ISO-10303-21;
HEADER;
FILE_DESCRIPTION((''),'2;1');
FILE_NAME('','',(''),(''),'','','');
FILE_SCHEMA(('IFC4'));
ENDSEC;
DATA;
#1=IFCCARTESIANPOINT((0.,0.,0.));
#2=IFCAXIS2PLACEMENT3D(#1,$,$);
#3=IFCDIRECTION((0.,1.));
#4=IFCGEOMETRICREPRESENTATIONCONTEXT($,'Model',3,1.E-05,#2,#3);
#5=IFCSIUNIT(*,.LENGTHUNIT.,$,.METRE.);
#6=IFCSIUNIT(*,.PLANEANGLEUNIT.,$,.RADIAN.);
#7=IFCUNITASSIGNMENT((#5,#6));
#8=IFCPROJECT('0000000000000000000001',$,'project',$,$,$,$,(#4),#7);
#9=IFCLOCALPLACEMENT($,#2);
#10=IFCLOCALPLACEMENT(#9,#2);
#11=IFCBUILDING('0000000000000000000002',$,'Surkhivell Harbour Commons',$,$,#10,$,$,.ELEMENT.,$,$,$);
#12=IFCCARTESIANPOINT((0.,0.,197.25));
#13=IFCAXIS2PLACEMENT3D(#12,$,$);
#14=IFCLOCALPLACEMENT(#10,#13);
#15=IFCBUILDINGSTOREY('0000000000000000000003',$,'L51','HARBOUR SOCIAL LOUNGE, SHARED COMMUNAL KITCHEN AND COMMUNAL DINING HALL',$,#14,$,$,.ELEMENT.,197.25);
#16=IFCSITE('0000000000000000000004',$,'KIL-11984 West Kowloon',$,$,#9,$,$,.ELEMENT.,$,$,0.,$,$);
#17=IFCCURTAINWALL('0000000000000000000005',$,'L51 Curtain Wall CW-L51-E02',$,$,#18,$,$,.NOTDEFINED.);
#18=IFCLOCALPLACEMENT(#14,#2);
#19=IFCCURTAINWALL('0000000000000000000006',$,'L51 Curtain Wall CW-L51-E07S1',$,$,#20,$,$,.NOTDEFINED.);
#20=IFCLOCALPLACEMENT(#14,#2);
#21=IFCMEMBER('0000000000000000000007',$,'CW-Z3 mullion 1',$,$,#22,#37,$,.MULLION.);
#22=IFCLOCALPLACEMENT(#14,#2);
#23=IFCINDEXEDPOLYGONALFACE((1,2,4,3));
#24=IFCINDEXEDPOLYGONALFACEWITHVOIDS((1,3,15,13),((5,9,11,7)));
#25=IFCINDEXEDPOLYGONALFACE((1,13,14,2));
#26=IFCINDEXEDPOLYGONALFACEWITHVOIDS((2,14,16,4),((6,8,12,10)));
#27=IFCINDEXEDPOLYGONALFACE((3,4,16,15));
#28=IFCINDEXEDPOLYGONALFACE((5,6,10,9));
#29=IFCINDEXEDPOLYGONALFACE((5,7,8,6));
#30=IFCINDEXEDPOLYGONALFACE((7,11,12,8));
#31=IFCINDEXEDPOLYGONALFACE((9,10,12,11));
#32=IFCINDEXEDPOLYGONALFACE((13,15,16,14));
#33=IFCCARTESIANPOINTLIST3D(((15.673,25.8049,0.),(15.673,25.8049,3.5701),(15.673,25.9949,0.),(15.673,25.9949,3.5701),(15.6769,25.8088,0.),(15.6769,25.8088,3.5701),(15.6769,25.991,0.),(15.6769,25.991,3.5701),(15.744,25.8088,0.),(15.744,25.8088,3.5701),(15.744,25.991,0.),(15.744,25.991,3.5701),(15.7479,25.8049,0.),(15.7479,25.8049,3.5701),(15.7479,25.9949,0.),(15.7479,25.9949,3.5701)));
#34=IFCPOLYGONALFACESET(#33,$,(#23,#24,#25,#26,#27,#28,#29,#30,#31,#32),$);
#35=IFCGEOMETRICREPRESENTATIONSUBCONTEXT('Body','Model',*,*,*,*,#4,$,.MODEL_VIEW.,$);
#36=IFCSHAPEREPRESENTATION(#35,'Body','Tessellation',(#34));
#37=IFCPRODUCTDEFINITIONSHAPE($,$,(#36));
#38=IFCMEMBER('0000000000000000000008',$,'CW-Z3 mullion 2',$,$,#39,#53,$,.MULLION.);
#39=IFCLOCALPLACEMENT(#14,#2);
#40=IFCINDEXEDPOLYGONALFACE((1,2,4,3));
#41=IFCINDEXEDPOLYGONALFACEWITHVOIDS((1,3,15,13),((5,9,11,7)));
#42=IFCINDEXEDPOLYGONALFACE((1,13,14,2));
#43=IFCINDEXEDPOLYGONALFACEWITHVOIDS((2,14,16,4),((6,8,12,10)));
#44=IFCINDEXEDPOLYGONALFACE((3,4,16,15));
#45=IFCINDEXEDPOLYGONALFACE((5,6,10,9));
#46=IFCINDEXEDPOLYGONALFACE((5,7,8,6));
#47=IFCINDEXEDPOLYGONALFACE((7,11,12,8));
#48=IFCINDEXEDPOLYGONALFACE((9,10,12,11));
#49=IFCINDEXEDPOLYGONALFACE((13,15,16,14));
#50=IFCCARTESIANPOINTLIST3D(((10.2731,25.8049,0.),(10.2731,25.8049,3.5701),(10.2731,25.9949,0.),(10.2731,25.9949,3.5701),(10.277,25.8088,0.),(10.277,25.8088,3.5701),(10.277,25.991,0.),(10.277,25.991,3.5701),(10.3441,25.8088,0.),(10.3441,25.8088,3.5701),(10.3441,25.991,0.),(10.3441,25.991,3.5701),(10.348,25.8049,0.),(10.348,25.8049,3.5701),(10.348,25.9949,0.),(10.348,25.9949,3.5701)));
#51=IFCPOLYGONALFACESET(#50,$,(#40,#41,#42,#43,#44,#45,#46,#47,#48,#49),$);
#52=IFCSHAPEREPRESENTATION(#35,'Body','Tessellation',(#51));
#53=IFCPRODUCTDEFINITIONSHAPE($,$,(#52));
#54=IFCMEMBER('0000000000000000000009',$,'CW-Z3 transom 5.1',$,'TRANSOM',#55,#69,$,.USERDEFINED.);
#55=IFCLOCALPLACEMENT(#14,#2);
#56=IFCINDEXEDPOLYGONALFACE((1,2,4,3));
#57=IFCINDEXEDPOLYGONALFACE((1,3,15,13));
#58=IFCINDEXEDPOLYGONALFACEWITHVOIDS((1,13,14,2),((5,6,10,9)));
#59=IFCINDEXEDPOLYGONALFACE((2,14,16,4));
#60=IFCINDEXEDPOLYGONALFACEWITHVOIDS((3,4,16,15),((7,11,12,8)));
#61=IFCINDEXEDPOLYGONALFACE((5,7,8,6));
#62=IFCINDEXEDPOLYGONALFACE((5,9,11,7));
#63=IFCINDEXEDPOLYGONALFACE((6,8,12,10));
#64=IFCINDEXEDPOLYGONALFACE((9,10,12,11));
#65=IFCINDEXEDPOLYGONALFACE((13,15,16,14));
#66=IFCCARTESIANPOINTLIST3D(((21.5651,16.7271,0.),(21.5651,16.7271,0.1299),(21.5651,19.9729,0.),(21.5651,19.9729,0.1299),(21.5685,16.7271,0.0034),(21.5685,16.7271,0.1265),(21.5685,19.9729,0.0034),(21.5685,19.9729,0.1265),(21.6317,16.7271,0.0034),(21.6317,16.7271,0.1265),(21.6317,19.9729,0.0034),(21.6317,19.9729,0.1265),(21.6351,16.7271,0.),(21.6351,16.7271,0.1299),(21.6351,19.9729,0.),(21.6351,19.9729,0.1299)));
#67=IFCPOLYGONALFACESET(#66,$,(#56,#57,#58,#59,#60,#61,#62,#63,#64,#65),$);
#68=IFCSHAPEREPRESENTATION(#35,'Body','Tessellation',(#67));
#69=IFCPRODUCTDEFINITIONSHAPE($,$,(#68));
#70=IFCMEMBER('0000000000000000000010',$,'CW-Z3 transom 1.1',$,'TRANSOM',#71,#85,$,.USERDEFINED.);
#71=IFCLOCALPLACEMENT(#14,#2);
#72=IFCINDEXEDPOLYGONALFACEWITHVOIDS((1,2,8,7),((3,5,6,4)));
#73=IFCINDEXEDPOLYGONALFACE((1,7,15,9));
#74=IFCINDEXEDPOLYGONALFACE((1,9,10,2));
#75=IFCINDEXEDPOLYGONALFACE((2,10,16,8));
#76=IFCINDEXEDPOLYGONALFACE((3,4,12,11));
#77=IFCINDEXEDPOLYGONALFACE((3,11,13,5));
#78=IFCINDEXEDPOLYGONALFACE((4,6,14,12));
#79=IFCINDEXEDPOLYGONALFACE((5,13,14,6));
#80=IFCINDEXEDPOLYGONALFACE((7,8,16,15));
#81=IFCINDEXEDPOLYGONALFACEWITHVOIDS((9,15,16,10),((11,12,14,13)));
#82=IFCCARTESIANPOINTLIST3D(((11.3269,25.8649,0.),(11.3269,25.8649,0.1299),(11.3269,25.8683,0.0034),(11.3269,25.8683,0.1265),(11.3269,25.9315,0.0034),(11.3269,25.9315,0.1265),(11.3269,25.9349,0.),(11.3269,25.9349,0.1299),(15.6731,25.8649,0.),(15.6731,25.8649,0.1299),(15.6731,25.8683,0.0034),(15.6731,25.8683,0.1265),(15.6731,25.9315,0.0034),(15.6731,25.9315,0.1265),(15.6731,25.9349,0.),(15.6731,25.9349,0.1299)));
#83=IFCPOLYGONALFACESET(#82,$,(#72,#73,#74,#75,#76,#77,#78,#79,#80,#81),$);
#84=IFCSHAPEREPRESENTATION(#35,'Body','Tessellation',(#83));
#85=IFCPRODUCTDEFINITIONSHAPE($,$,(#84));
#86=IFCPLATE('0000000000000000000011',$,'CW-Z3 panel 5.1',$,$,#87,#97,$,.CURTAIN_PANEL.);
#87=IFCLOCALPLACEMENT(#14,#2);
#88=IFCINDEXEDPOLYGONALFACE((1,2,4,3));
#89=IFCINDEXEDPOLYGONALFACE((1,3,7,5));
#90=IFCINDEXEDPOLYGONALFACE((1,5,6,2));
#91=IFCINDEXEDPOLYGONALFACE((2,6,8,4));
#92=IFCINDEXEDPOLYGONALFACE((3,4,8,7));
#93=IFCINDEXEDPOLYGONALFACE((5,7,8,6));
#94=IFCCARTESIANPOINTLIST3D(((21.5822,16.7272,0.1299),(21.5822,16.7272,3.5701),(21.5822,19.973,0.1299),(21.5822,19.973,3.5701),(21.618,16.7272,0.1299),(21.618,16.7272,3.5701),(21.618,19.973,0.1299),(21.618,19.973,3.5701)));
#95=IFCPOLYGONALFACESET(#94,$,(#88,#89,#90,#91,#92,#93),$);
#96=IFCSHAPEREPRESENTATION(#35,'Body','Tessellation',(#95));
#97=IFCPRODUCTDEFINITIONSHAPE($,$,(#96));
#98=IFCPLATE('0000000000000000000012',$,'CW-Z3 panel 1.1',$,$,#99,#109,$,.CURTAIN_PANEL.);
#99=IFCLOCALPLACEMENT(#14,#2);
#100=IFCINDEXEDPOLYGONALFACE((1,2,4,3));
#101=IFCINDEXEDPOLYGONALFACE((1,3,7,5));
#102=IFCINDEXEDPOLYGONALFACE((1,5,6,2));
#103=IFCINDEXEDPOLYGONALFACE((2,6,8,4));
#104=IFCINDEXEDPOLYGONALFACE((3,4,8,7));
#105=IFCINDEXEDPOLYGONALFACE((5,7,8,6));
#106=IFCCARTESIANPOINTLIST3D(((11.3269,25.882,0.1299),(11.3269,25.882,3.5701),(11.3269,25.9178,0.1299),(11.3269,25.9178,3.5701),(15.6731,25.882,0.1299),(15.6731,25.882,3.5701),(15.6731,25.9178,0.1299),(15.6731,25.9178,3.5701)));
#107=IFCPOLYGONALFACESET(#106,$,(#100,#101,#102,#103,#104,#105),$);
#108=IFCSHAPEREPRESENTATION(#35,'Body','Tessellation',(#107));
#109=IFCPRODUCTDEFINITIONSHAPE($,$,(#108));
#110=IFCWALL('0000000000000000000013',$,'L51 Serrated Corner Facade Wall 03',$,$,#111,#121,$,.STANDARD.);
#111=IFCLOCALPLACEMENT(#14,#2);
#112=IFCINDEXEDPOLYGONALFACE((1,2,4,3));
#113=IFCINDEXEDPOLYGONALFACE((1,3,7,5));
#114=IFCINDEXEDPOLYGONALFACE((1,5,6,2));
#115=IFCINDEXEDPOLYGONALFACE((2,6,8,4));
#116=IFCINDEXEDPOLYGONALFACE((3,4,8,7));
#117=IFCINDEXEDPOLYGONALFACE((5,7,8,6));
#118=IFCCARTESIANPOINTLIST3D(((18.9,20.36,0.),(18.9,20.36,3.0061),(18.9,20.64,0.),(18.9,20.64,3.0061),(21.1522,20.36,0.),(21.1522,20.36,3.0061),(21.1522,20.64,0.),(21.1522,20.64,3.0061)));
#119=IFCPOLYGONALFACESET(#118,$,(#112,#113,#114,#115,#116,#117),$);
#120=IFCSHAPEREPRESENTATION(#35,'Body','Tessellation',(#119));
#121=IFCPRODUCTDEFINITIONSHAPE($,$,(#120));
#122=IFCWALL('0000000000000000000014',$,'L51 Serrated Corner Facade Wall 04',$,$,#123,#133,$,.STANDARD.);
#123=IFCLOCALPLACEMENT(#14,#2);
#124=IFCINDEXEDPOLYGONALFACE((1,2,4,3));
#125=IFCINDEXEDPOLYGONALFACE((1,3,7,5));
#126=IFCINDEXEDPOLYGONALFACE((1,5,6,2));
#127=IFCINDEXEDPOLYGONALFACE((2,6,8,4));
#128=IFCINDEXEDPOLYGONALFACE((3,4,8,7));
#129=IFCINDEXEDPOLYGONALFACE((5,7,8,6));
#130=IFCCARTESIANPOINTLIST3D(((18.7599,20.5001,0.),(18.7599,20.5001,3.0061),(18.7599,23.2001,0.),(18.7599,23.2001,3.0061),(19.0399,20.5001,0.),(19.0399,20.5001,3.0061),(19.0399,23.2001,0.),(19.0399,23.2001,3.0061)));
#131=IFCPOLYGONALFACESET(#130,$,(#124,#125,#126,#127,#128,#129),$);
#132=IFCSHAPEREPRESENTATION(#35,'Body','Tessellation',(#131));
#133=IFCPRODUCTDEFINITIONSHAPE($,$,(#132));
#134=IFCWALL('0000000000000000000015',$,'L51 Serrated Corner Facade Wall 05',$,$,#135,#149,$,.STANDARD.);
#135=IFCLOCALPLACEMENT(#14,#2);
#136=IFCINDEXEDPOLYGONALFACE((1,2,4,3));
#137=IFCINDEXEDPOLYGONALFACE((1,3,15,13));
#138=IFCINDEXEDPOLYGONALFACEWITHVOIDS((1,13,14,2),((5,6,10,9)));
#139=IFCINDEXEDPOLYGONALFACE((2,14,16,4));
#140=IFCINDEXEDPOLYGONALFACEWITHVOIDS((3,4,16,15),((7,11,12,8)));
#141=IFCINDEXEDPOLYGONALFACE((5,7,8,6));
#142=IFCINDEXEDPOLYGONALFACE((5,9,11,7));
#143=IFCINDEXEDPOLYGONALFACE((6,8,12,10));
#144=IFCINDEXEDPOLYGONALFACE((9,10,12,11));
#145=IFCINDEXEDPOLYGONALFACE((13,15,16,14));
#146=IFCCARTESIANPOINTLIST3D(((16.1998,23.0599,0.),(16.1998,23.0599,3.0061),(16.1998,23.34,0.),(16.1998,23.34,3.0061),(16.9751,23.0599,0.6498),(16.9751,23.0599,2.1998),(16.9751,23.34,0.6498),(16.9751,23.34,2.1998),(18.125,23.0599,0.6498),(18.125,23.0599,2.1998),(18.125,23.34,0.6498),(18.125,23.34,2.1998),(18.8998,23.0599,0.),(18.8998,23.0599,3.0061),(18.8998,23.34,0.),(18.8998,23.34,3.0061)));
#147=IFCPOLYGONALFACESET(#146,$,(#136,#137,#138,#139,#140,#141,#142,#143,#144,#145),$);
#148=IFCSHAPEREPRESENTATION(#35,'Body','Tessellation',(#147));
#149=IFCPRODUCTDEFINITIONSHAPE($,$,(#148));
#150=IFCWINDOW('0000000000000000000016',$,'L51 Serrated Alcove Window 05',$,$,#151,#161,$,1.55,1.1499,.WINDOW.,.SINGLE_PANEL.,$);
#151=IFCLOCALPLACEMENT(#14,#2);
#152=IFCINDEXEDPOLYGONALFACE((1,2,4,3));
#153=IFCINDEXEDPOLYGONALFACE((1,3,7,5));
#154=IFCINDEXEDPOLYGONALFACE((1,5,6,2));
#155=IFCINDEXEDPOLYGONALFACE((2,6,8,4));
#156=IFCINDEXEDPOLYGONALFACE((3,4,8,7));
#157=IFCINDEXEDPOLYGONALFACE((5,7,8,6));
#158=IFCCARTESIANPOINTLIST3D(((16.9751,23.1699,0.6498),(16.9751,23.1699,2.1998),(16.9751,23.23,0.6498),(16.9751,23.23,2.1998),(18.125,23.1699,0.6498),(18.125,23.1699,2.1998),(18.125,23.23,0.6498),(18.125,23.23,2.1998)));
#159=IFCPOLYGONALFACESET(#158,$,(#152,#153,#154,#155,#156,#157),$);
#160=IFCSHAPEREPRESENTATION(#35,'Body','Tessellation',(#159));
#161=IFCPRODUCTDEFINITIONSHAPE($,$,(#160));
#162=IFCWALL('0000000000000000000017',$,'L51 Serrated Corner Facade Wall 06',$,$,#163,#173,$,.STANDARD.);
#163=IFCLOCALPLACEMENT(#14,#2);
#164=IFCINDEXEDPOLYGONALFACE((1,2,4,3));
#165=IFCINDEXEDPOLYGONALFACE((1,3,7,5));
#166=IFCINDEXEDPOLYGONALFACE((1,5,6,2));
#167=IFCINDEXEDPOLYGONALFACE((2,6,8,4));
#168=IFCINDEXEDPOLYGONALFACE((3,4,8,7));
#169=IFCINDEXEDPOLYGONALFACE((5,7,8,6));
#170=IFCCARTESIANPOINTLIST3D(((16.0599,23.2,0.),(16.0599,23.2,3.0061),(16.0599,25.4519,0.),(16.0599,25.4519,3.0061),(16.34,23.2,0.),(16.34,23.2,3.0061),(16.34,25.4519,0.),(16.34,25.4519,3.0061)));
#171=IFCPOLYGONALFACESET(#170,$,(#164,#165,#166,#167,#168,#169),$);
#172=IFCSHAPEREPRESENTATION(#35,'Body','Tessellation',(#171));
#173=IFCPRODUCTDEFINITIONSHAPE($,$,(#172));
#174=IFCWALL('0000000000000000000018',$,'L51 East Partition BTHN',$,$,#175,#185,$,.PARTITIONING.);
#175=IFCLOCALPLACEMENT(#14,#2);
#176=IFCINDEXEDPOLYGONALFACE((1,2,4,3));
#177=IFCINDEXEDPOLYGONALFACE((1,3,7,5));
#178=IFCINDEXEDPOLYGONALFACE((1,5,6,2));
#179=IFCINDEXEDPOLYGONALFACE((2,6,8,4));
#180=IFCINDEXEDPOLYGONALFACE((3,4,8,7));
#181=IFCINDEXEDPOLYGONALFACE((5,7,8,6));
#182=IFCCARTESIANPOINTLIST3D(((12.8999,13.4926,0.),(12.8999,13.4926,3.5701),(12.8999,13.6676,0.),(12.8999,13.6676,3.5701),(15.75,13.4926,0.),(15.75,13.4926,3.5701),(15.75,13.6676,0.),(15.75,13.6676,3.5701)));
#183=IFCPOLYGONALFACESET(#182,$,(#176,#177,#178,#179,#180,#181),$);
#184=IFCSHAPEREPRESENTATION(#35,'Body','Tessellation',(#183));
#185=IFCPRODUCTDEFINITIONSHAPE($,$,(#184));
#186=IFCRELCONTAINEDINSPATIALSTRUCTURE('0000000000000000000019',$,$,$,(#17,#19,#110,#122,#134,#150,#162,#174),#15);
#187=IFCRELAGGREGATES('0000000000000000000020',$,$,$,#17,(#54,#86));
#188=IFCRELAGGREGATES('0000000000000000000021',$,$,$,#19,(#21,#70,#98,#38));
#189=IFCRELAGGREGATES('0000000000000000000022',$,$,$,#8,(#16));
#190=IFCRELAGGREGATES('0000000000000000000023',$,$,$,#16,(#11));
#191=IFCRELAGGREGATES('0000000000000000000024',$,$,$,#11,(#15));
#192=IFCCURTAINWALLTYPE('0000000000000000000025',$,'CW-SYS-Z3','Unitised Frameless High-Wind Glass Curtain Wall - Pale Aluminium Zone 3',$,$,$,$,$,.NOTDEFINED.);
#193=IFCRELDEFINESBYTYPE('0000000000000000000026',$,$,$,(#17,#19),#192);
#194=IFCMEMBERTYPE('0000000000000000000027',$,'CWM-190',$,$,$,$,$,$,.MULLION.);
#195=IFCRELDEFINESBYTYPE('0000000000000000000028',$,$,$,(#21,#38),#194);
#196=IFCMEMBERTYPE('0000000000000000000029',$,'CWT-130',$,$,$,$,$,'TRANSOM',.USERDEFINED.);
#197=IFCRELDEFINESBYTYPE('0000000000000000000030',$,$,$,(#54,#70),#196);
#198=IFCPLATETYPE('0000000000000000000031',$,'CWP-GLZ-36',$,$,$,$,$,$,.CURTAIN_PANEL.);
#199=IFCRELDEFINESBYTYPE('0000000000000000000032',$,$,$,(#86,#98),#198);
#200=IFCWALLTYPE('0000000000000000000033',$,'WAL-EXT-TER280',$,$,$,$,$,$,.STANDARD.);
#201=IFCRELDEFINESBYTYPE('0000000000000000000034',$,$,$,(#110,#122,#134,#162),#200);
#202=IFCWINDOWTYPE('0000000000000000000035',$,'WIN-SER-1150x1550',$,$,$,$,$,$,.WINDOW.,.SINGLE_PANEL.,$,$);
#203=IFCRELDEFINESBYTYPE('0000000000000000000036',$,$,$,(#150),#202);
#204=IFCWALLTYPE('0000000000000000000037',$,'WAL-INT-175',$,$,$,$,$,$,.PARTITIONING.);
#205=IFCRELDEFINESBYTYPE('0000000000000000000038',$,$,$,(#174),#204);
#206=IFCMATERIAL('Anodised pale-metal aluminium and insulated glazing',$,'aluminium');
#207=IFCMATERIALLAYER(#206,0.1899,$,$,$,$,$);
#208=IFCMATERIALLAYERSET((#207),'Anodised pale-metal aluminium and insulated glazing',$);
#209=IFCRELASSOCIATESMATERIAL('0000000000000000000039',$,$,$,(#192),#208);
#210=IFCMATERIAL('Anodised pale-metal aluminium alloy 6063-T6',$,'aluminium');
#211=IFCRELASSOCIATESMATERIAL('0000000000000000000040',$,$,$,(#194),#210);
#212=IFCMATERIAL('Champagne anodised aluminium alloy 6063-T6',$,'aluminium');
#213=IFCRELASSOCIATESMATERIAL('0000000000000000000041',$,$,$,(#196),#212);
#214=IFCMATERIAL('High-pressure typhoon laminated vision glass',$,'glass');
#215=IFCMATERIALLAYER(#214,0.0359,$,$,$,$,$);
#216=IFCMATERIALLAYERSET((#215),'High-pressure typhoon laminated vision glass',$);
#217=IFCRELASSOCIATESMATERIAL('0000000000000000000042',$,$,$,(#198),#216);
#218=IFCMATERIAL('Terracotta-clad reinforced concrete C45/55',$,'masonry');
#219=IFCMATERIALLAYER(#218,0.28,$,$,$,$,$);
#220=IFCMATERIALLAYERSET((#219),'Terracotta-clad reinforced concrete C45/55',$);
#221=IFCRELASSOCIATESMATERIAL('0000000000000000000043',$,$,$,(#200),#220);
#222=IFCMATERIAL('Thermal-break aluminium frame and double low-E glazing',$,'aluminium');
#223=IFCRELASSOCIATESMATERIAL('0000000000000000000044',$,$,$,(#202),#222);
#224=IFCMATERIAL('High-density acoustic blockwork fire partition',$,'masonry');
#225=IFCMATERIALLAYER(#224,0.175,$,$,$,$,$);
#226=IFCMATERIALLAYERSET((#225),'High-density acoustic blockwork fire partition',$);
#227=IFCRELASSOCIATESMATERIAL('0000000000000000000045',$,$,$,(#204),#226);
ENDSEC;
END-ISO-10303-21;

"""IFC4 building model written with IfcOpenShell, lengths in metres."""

from ifc_helpers import new_model, si_unit, direction, frame, frame_2d, origin, origin_2d, place, context, subcontext, project, spatial, rectangle, hollow_rectangle, extrude, material, layer, layer_set, material_profile, profile_set, type_object, element, fill, aggregate, save


model = new_model("IFC4")

# Units and contexts
model_context = context("Model", 3, precision=1e-05, world=origin(), true_north=direction((0.0, 1.0)))
body_context = subcontext(model_context, "Body", "Model", "MODEL_VIEW")
ifc_project = project(units=[si_unit("LENGTHUNIT", "METRE"), si_unit("PLANEANGLEUNIT", "RADIAN")], contexts=[model_context])

# Site, building, storey
site_placement = place(None, origin())
site = spatial("IfcSite", under=ifc_project, at=site_placement, Name="KIL-11984 West Kowloon", CompositionType="ELEMENT", RefElevation=0.0)
building_placement = place(site_placement, origin())
building = spatial("IfcBuilding", under=site, at=building_placement, Name="Surkhivell Harbour Commons", CompositionType="ELEMENT")
storey_placement = place(building_placement, frame((0.0, 0.0, 197.25)))
storey = spatial("IfcBuildingStorey", under=building, at=storey_placement, Name="L51", Description="HARBOUR SOCIAL LOUNGE, SHARED COMMUNAL KITCHEN AND COMMUNAL DINING HALL", CompositionType="ELEMENT", Elevation=197.25)

# Curtain walls, members
ifc_material_1 = material(Name="Anodised pale-metal aluminium and insulated glazing", Category="aluminium")
ifc_layer_1 = layer(ifc_material_1, 0.1899)
ifc_layer_set_1 = layer_set([ifc_layer_1], Name="Anodised pale-metal aluminium and insulated glazing")
curtain_wall_type = type_object("IfcCurtainWallType", Name="CW-SYS-Z3", Description="Unitised Frameless High-Wind Glass Curtain Wall - Pale Aluminium Zone 3", PredefinedType="NOTDEFINED", material=ifc_layer_set_1)
curtain_wall_1_placement = place(storey_placement, origin())
curtain_wall_1 = element("IfcCurtainWall", 1, at=curtain_wall_1_placement, inside=storey, type_object=curtain_wall_type, Name="L51 Curtain Wall CW-L51-E02", PredefinedType="NOTDEFINED")
ifc_material_2 = material(Name="Anodised pale-metal aluminium alloy 6063-T6", Category="aluminium")
ifc_material_profile_1 = material_profile(ifc_material_2, hollow_rectangle(XDim=0.075, YDim=0.1899, WallThickness=0.0039, at=origin_2d()), Name="ALU-MULL-75x190")
ifc_profile_set_1 = profile_set([ifc_material_profile_1], Name="Anodised pale-metal aluminium alloy 6063-T6")
member_type_1 = type_object("IfcMemberType", Name="CWM-190", PredefinedType="MULLION", material=ifc_profile_set_1)
curtain_wall_2_placement = place(storey_placement, origin())
curtain_wall_2 = element("IfcCurtainWall", 2, at=curtain_wall_2_placement, inside=storey, type_object=curtain_wall_type, Name="L51 Curtain Wall CW-L51-E07S1", PredefinedType="NOTDEFINED")
member_1_placement = place(storey_placement, frame((15.7104, 25.8999, 0.0), z_axis=(0.0, 0.0, 1.0), x_axis=(-1.0, 0.0, 0.0)))
member_1 = element("IfcMember", 3, at=member_1_placement, type_object=member_type_1, Name="CW-Z3 mullion 1", PredefinedType="MULLION", context=body_context, shape_type="SweptSolid", body=[
    extrude(hollow_rectangle(XDim=0.075, YDim=0.1899, WallThickness=0.0039, at=origin_2d()), origin(), (0.0, 0.0, 1.0), 3.5701),
])
member_2_placement = place(storey_placement, frame((10.3105, 25.8999, 0.0), z_axis=(0.0, 0.0, 1.0), x_axis=(-1.0, 0.0, 0.0)))
member_2 = element("IfcMember", 4, at=member_2_placement, type_object=member_type_1, Name="CW-Z3 mullion 2", PredefinedType="MULLION", context=body_context, shape_type="SweptSolid", body=[
    extrude(hollow_rectangle(XDim=0.075, YDim=0.1899, WallThickness=0.0039, at=origin_2d()), origin(), (0.0, 0.0, 1.0), 3.5701),
])

# Members
ifc_material_3 = material(Name="Champagne anodised aluminium alloy 6063-T6", Category="aluminium")
ifc_material_profile_2 = material_profile(ifc_material_3, hollow_rectangle(XDim=0.0701, YDim=0.1299, WallThickness=0.0034, at=origin_2d()), Name="ALU-TRAN-70x130")
ifc_profile_set_2 = profile_set([ifc_material_profile_2], Name="Champagne anodised aluminium alloy 6063-T6")
member_type_2 = type_object("IfcMemberType", Name="CWT-130", ElementType="TRANSOM", PredefinedType="USERDEFINED", material=ifc_profile_set_2)
member_3_placement = place(storey_placement, frame((21.6001, 16.7271, 0.0649), z_axis=(0.0, 1.0, 0.0), x_axis=(-1.0, 0.0, 0.0)))
member_3 = element("IfcMember", 5, at=member_3_placement, type_object=member_type_2, Name="CW-Z3 transom 5.1", ObjectType="TRANSOM", PredefinedType="USERDEFINED", context=body_context, shape_type="SweptSolid", body=[
    extrude(hollow_rectangle(XDim=0.0701, YDim=0.1299, WallThickness=0.0034, at=origin_2d()), origin(), (0.0, 0.0, 1.0), 3.2458),
])
member_4_placement = place(storey_placement, frame((15.6731, 25.8999, 0.0649), z_axis=(-1.0, 0.0, 0.0), x_axis=(0.0, -1.0, 0.0)))
member_4 = element("IfcMember", 6, at=member_4_placement, type_object=member_type_2, Name="CW-Z3 transom 1.1", ObjectType="TRANSOM", PredefinedType="USERDEFINED", context=body_context, shape_type="SweptSolid", body=[
    extrude(hollow_rectangle(XDim=0.0701, YDim=0.1299, WallThickness=0.0034, at=origin_2d()), origin(), (0.0, 0.0, 1.0), 4.3462),
])

# Plates
ifc_material_4 = material(Name="High-pressure typhoon laminated vision glass", Category="glass")
ifc_layer_2 = layer(ifc_material_4, 0.0359)
ifc_layer_set_2 = layer_set([ifc_layer_2], Name="High-pressure typhoon laminated vision glass")
plate_type = type_object("IfcPlateType", Name="CWP-GLZ-36", PredefinedType="CURTAIN_PANEL", material=ifc_layer_set_2)
plate_1_placement = place(storey_placement, frame((21.6001, 16.7271, 0.1299), z_axis=(0.0, 0.0, 1.0), x_axis=(0.0, 1.0, 0.0)))
plate_1 = element("IfcPlate", 7, at=plate_1_placement, type_object=plate_type, Name="CW-Z3 panel 5.1", PredefinedType="CURTAIN_PANEL", context=body_context, shape_type="SweptSolid", body=[
    extrude(rectangle(XDim=3.2458, YDim=0.0359, at=frame_2d((1.623, 0.0))), origin(), (0.0, 0.0, 1.0), 3.4402),
])
aggregate(curtain_wall_1, [member_3, plate_1])
plate_2_placement = place(storey_placement, frame((15.6731, 25.8999, 0.1299), z_axis=(0.0, 0.0, 1.0), x_axis=(-1.0, 0.0, 0.0)))
plate_2 = element("IfcPlate", 8, at=plate_2_placement, type_object=plate_type, Name="CW-Z3 panel 1.1", PredefinedType="CURTAIN_PANEL", context=body_context, shape_type="SweptSolid", body=[
    extrude(rectangle(XDim=4.3462, YDim=0.0359, at=frame_2d((2.1731, 0.0))), origin(), (0.0, 0.0, 1.0), 3.4402),
])
aggregate(curtain_wall_2, [member_1, member_4, plate_2, member_2])

# Walls
ifc_material_5 = material(Name="Terracotta-clad reinforced concrete C45/55", Category="masonry")
ifc_layer_3 = layer(ifc_material_5, 0.28)
ifc_layer_set_3 = layer_set([ifc_layer_3], Name="Terracotta-clad reinforced concrete C45/55")
wall_type_1 = type_object("IfcWallType", Name="WAL-EXT-TER280", PredefinedType="STANDARD", material=ifc_layer_set_3)
wall_1_placement = place(storey_placement, frame((21.1521, 20.5, 0.0), z_axis=(0.0, 0.0, 1.0), x_axis=(-1.0, 0.0, 0.0)))
element("IfcWall", 9, at=wall_1_placement, inside=storey, type_object=wall_type_1, Name="L51 Serrated Corner Facade Wall 03", PredefinedType="STANDARD", context=body_context, shape_type="SweptSolid", body=[
    extrude(rectangle(XDim=2.2522, YDim=0.28, at=frame_2d((1.126, 0.0))), origin(), (0.0, 0.0, 1.0), 3.0061),
])
wall_2_placement = place(storey_placement, frame((18.8999, 20.5, 0.0), z_axis=(0.0, 0.0, 1.0), x_axis=(0.0, 1.0, 0.0)))
element("IfcWall", 10, at=wall_2_placement, inside=storey, type_object=wall_type_1, Name="L51 Serrated Corner Facade Wall 04", PredefinedType="STANDARD", context=body_context, shape_type="SweptSolid", body=[
    extrude(rectangle(XDim=2.7, YDim=0.28, at=frame_2d((1.3501, 0.0))), origin(), (0.0, 0.0, 1.0), 3.0061),
])

# Wall, opening, window
wall_3_placement = place(storey_placement, frame((18.8999, 23.2, 0.0), z_axis=(0.0, 0.0, 1.0), x_axis=(-1.0, 0.0, 0.0)))
wall_3 = element("IfcWall", 11, at=wall_3_placement, inside=storey, type_object=wall_type_1, Name="L51 Serrated Corner Facade Wall 05", PredefinedType="STANDARD", context=body_context, shape_type="SweptSolid", body=[
    extrude(rectangle(XDim=2.7, YDim=0.28, at=frame_2d((1.3501, 0.0))), origin(), (0.0, 0.0, 1.0), 3.0061),
])
opening_placement = place(wall_3_placement, frame((0.7749, 0.0, 0.6499)))
opening = element("IfcOpeningElement", 12, at=opening_placement, cuts=wall_3, PredefinedType="OPENING", context=body_context, shape_type="SweptSolid", body=[
    extrude(rectangle(XDim=1.1499, YDim=1.55, at=frame_2d((0.575, 0.7749))), frame((0.0, 0.1499, 0.0), z_axis=(0.0, -1.0, 0.0), x_axis=(1.0, 0.0, 0.0)), (0.0, 0.0, 1.0), 0.3),
])
ifc_material_6 = material(Name="Thermal-break aluminium frame and double low-E glazing", Category="aluminium")
window_type = type_object("IfcWindowType", Name="WIN-SER-1150x1550", PartitioningType="SINGLE_PANEL", PredefinedType="WINDOW", material=ifc_material_6)
window_placement = place(opening_placement, origin())
window = element("IfcWindow", 13, at=window_placement, inside=storey, type_object=window_type, Name="L51 Serrated Alcove Window 05", OverallHeight=1.55, OverallWidth=1.1499, PartitioningType="SINGLE_PANEL", PredefinedType="WINDOW", context=body_context, shape_type="SweptSolid", body=[
    extrude(rectangle(XDim=1.1499, YDim=1.55, at=frame_2d((0.575, 0.7749))), frame((0.0, 0.03, 0.0), z_axis=(0.0, -1.0, 0.0), x_axis=(1.0, 0.0, 0.0)), (0.0, 0.0, 1.0), 0.0601),
])
fill(opening, window)

# Walls
wall_4_placement = place(storey_placement, frame((16.2, 23.2, 0.0), z_axis=(0.0, 0.0, 1.0), x_axis=(0.0, 1.0, 0.0)))
element("IfcWall", 14, at=wall_4_placement, inside=storey, type_object=wall_type_1, Name="L51 Serrated Corner Facade Wall 06", PredefinedType="STANDARD", context=body_context, shape_type="SweptSolid", body=[
    extrude(rectangle(XDim=2.252, YDim=0.28, at=frame_2d((1.126, 0.0))), origin(), (0.0, 0.0, 1.0), 3.0061),
])
ifc_material_7 = material(Name="High-density acoustic blockwork fire partition", Category="masonry")
ifc_layer_4 = layer(ifc_material_7, 0.175)
ifc_layer_set_4 = layer_set([ifc_layer_4], Name="High-density acoustic blockwork fire partition")
wall_type_2 = type_object("IfcWallType", Name="WAL-INT-175", PredefinedType="PARTITIONING", material=ifc_layer_set_4)
wall_5_placement = place(storey_placement, frame((12.8999, 13.5801, 0.0), z_axis=(0.0, 0.0, 1.0), x_axis=(1.0, 0.0, 0.0)))
element("IfcWall", 15, at=wall_5_placement, inside=storey, type_object=wall_type_2, Name="L51 East Partition BTHN", PredefinedType="PARTITIONING", context=body_context, shape_type="SweptSolid", body=[
    extrude(rectangle(XDim=2.8501, YDim=0.175, at=frame_2d((1.425, 0.0))), origin(), (0.0, 0.0, 1.0), 3.5701),
])

save(model, "model.ifc")
